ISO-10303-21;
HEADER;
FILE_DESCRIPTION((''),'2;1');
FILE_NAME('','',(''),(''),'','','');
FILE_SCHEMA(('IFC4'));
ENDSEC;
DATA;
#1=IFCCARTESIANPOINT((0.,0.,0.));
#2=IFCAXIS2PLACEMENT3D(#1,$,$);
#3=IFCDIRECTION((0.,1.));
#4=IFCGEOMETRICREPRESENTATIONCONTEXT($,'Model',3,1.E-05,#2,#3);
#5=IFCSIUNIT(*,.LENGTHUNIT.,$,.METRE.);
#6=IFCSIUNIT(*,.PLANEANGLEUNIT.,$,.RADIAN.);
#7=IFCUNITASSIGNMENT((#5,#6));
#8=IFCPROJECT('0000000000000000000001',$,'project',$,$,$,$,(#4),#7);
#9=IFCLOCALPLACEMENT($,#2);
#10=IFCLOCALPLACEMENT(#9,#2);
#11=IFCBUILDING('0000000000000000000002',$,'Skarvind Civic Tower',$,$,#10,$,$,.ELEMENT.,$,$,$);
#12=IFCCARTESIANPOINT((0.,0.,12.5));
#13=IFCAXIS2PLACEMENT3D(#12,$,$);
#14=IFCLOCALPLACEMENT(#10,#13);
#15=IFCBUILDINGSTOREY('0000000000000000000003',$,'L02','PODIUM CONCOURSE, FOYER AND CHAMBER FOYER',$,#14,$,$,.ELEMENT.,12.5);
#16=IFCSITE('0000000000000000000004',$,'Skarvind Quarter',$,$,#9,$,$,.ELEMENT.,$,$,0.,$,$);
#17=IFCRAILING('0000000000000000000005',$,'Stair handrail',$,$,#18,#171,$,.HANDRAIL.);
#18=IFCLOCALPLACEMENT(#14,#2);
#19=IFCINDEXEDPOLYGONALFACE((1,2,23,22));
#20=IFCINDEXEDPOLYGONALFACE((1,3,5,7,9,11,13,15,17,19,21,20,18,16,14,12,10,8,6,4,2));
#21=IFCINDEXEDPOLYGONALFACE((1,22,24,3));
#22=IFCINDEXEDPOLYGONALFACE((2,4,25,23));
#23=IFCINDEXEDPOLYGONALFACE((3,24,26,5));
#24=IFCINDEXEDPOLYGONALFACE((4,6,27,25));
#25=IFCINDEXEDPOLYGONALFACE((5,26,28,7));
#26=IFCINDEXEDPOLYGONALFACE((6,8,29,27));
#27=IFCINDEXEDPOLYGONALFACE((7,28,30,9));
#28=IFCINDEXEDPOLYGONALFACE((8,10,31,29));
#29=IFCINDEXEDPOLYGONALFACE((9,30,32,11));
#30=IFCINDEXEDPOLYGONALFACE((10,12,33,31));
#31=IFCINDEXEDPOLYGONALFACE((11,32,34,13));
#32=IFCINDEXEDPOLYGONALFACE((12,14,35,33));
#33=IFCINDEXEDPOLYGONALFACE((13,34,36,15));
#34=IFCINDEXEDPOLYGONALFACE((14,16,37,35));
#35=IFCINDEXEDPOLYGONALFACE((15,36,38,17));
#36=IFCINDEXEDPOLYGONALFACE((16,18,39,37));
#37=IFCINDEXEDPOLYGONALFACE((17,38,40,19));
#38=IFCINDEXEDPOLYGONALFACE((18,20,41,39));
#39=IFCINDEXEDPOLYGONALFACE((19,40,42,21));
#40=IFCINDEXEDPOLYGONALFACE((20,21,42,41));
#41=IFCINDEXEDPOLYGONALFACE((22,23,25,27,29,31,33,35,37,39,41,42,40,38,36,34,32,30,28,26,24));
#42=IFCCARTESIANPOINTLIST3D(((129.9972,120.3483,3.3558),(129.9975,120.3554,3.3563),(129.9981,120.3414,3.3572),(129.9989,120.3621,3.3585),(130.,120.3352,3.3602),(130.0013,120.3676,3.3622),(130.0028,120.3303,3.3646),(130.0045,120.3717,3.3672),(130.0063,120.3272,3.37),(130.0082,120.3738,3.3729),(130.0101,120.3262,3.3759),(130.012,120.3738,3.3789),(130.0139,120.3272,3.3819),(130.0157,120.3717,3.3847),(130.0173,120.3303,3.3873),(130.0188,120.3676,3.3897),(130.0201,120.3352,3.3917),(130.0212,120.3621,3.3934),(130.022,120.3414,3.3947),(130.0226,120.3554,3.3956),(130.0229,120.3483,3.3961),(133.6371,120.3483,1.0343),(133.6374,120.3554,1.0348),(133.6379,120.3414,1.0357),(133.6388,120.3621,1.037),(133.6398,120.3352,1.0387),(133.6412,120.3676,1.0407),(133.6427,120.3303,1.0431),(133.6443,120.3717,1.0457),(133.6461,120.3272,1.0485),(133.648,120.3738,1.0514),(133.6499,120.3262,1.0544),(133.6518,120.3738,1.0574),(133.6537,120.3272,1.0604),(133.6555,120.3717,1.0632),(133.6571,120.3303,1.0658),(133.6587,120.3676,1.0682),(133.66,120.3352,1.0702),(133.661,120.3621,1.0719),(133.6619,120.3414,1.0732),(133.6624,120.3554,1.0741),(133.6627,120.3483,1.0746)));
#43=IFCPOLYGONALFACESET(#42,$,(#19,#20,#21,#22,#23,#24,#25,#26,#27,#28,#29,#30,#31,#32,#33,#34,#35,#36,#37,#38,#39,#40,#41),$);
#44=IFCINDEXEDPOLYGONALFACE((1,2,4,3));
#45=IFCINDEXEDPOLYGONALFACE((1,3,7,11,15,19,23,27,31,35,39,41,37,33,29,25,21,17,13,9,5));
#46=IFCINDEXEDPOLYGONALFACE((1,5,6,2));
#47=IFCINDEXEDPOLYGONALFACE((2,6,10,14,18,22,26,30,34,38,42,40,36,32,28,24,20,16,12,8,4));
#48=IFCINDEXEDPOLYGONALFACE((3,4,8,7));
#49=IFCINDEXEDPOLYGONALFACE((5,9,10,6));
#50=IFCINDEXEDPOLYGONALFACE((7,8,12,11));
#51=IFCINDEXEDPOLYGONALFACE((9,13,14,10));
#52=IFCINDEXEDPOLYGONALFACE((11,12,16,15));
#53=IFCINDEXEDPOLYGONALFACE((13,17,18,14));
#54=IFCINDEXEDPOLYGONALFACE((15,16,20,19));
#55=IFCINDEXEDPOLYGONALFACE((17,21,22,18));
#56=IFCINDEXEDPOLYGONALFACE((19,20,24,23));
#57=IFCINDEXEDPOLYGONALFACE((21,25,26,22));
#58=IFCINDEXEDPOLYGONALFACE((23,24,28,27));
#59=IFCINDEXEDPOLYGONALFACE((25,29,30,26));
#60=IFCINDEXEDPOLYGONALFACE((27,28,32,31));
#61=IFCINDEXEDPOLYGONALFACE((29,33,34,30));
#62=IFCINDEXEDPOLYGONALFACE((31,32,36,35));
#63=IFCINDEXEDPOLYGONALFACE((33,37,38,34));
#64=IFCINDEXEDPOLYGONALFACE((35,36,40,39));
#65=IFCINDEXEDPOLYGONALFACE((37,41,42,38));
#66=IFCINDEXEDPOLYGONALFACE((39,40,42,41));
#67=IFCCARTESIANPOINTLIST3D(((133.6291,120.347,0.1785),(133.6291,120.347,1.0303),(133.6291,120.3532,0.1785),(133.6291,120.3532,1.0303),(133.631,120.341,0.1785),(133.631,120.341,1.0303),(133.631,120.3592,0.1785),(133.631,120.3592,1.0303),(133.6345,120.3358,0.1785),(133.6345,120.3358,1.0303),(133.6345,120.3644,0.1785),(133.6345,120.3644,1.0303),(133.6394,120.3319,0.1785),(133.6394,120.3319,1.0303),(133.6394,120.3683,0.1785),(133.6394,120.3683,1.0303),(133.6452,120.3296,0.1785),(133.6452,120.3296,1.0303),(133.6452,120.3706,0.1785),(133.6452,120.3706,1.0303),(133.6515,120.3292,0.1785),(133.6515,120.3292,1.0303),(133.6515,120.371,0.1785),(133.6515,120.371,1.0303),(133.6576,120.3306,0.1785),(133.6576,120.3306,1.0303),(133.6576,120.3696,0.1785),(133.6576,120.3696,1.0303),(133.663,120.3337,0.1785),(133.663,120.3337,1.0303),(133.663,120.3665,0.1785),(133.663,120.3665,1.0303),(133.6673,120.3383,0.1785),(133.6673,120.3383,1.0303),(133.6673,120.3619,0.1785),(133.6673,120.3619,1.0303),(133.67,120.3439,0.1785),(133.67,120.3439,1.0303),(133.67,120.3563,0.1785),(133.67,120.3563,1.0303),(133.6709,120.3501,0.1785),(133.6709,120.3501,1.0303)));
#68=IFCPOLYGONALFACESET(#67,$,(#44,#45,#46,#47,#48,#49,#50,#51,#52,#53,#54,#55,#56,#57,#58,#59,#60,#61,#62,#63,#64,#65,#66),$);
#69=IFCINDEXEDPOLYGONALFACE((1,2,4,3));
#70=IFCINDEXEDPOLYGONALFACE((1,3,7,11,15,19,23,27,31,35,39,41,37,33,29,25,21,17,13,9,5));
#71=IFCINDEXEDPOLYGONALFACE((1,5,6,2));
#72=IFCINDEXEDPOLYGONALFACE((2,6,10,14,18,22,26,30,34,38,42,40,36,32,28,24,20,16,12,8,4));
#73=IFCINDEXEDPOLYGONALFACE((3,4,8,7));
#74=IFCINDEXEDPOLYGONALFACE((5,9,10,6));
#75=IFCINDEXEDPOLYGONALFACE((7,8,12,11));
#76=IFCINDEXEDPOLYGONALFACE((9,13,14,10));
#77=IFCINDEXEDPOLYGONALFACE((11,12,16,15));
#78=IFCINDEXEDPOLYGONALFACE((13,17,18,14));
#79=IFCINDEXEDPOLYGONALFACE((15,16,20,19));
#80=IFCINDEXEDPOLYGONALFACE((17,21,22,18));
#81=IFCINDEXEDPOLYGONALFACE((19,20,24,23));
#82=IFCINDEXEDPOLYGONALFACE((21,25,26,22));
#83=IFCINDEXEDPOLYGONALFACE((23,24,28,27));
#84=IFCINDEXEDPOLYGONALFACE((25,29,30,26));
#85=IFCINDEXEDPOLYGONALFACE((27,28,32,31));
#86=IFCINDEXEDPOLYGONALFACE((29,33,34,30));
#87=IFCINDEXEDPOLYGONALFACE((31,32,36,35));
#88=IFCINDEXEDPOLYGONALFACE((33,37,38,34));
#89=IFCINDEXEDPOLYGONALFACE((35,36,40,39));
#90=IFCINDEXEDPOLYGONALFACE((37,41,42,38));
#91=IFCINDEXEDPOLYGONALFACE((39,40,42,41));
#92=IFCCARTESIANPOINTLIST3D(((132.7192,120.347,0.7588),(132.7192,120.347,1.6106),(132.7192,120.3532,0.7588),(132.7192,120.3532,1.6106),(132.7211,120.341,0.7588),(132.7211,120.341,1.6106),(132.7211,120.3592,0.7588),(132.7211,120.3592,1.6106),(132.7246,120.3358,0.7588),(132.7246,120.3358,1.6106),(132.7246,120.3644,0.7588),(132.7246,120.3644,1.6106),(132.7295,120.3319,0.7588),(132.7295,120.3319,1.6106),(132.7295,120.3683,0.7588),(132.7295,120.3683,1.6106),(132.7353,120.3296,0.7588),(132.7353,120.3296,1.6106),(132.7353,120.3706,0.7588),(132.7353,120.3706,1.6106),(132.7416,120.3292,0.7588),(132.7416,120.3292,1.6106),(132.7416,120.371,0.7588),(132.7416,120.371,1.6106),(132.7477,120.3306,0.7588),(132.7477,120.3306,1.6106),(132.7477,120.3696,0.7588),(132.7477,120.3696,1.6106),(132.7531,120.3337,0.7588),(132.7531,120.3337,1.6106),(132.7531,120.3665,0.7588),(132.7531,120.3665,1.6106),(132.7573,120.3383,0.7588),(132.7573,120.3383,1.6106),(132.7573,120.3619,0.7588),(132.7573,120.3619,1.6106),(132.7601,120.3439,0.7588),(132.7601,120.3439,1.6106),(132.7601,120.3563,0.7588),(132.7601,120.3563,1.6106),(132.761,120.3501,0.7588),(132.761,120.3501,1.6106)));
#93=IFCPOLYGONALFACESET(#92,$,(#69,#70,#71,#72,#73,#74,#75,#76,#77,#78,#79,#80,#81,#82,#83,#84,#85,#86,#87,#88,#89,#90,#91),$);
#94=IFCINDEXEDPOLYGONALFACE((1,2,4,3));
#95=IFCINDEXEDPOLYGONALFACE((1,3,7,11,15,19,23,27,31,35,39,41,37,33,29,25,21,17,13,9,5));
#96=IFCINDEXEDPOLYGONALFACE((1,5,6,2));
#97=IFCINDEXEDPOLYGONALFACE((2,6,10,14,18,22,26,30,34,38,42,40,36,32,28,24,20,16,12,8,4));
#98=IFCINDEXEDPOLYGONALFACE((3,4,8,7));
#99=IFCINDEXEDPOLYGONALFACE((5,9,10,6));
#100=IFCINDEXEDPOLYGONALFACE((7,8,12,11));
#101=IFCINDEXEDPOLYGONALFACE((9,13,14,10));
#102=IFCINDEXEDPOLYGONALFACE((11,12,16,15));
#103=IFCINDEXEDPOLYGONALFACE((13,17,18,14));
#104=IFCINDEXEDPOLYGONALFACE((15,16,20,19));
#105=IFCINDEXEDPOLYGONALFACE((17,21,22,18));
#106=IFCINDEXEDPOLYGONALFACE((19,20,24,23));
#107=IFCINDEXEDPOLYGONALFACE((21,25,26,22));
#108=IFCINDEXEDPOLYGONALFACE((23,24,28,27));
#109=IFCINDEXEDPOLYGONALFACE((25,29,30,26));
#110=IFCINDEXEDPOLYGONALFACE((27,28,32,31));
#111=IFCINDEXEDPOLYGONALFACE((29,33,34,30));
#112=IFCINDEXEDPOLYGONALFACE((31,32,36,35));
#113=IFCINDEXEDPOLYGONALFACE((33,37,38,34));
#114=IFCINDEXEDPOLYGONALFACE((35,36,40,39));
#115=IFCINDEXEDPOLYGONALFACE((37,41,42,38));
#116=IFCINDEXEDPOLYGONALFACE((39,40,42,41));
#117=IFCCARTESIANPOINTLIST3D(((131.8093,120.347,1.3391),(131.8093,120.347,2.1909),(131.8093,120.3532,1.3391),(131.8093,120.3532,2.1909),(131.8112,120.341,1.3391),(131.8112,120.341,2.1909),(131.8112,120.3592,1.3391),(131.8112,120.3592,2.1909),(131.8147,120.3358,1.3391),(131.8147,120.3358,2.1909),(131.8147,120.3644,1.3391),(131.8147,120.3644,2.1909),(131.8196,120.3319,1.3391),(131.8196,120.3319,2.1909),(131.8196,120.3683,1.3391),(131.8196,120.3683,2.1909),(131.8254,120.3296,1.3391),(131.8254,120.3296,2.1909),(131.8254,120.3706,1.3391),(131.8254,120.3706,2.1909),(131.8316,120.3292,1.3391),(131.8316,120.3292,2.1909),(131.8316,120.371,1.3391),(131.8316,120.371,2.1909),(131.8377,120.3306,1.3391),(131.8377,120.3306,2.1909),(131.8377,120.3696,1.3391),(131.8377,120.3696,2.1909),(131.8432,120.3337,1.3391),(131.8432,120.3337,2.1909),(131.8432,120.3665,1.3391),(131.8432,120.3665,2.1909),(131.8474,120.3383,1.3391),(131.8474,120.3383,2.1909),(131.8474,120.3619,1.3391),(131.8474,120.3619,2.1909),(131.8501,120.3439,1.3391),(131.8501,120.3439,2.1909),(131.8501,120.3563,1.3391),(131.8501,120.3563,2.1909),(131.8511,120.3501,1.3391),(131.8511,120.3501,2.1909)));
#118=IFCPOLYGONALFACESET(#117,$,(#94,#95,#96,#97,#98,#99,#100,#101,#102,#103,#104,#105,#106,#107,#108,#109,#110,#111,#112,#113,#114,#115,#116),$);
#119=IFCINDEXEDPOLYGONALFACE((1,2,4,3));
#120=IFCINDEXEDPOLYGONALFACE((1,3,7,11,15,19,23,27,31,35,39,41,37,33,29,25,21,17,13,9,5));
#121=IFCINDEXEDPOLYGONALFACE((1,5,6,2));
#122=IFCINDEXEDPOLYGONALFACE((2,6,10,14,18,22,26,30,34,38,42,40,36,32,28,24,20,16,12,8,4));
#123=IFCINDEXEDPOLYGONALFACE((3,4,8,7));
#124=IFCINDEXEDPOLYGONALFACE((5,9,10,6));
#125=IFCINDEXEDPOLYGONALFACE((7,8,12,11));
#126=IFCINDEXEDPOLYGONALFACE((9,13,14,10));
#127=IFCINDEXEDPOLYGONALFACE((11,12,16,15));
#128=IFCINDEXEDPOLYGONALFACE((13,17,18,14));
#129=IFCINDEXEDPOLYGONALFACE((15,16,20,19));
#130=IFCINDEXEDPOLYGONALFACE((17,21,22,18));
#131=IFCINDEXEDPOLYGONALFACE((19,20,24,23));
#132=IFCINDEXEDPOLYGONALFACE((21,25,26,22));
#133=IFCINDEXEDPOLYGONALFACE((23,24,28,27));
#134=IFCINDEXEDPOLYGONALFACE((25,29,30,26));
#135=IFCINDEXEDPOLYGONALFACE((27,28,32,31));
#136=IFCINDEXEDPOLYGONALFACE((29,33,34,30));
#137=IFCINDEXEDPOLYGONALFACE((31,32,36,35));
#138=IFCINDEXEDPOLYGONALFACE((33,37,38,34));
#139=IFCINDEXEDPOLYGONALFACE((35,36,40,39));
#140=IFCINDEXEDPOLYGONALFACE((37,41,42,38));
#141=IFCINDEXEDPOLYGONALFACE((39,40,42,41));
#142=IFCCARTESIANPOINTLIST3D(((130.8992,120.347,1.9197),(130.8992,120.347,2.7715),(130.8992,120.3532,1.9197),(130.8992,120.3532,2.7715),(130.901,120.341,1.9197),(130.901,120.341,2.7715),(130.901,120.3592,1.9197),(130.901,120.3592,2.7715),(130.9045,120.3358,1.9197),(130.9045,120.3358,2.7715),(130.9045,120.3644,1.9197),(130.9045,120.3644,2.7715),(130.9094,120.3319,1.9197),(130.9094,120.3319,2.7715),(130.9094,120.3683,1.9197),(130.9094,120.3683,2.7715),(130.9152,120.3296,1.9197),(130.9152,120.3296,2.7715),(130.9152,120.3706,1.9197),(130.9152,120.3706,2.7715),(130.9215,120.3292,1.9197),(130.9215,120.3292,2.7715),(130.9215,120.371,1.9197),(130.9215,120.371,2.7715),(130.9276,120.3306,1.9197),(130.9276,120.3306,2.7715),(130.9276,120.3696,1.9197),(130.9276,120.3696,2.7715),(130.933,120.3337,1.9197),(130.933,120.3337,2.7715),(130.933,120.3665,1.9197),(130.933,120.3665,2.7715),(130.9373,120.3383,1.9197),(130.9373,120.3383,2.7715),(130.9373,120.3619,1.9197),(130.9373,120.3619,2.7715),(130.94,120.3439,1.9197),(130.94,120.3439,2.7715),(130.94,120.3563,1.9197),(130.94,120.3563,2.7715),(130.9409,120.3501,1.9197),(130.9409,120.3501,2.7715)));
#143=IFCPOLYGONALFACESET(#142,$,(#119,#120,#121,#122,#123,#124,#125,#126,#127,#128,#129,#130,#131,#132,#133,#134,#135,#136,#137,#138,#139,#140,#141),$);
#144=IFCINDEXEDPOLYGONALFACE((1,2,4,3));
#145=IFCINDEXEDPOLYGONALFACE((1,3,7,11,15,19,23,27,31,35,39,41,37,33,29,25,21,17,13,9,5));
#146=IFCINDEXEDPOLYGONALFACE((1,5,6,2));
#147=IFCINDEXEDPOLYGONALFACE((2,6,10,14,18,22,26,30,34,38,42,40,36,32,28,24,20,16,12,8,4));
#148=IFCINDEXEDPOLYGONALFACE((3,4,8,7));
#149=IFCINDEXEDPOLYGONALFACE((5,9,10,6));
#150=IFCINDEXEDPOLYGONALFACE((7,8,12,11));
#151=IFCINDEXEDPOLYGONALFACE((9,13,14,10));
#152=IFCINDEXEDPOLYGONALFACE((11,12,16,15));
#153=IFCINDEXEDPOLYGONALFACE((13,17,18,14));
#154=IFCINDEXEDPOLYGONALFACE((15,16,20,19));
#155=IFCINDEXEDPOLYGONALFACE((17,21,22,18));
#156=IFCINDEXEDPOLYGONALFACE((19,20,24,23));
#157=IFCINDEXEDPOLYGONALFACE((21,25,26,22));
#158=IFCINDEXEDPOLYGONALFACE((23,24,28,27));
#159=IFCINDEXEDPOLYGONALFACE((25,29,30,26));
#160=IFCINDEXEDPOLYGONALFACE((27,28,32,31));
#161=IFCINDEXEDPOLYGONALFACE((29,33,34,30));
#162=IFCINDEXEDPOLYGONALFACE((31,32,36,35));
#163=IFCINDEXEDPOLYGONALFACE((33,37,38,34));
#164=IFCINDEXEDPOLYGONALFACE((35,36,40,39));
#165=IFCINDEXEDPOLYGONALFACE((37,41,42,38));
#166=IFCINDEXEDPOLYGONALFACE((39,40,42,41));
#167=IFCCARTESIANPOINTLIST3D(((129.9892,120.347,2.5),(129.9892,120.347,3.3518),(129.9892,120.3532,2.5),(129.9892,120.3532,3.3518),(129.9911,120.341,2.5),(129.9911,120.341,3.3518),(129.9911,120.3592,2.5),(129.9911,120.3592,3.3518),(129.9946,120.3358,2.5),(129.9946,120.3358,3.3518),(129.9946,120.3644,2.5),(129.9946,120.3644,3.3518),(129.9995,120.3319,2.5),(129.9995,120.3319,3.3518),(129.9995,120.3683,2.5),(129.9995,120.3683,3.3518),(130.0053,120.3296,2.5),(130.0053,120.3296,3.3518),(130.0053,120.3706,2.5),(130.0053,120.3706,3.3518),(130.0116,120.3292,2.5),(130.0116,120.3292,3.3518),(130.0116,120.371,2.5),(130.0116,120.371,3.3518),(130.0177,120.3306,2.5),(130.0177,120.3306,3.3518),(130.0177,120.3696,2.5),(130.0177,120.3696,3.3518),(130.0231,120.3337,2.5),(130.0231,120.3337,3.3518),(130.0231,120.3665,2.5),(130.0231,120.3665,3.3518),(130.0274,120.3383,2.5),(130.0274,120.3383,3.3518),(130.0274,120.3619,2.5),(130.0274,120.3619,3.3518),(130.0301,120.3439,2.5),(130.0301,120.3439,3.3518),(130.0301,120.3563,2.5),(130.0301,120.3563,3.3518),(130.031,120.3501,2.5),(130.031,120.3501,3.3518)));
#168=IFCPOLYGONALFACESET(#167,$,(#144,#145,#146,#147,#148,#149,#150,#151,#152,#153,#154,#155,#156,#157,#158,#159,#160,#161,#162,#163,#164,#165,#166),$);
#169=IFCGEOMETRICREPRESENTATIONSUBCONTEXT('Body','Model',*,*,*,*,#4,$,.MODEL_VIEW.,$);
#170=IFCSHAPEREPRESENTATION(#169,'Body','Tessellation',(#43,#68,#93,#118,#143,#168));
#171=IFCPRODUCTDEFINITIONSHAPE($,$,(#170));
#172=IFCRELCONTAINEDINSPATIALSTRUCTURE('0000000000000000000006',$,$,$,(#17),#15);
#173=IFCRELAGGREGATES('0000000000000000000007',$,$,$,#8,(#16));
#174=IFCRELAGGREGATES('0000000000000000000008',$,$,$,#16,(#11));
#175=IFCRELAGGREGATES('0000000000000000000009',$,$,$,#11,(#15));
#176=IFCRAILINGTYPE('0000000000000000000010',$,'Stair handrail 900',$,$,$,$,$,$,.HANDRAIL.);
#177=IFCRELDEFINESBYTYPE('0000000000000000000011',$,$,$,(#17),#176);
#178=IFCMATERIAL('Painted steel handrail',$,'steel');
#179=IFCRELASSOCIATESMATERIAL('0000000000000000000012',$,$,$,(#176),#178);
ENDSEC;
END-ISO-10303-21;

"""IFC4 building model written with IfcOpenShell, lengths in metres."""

from ifc_helpers import new_model, si_unit, direction, frame, origin, origin_2d, place, context, subcontext, project, spatial, circle, extrude, material, type_object, element, save


model = new_model("IFC4")

# Units and contexts
model_context = context("Model", 3, precision=1e-05, world=origin(), true_north=direction((0.0, 1.0)))
body_context = subcontext(model_context, "Body", "Model", "MODEL_VIEW")
ifc_project = project(units=[si_unit("LENGTHUNIT", "METRE"), si_unit("PLANEANGLEUNIT", "RADIAN")], contexts=[model_context])

# Site, building, storey
site_placement = place(None, origin())
site = spatial("IfcSite", under=ifc_project, at=site_placement, Name="Skarvind Quarter", CompositionType="ELEMENT", RefElevation=0.0)
building_placement = place(site_placement, origin())
building = spatial("IfcBuilding", under=site, at=building_placement, Name="Skarvind Civic Tower", CompositionType="ELEMENT")
storey_placement = place(building_placement, frame((0.0, 0.0, 12.5)))
storey = spatial("IfcBuildingStorey", under=building, at=storey_placement, Name="L02", Description="PODIUM CONCOURSE, FOYER AND CHAMBER FOYER", CompositionType="ELEMENT", Elevation=12.5)

# Railing
ifc_material_1 = material(Name="Painted steel handrail", Category="steel")
railing_type = type_object("IfcRailingType", Name="Stair handrail 900", PredefinedType="HANDRAIL", material=ifc_material_1)
railing_placement = place(storey_placement, frame((133.6499, 120.3501, 0.1785)))
element("IfcRailing", 1, at=railing_placement, inside=storey, type_object=railing_type, Name="Stair handrail", PredefinedType="HANDRAIL", context=body_context, shape_type="SweptSolid", body=[
    extrude(circle(Radius=0.0239, at=origin_2d()), frame((0.0, 0.0, 0.876), z_axis=(-0.843112, 0.0, 0.537739), x_axis=(0.0, -1.0, 0.0)), (0.0, 0.0, 1.0), 4.3171),
    extrude(circle(Radius=0.021, at=origin_2d()), origin(), (0.0, 0.0, 1.0), 0.8518),
    extrude(circle(Radius=0.021, at=origin_2d()), frame((-0.9099, 0.0, 0.5803)), (0.0, 0.0, 1.0), 0.8518),
    extrude(circle(Radius=0.021, at=origin_2d()), frame((-1.8198, 0.0, 1.1606)), (0.0, 0.0, 1.0), 0.8518),
    extrude(circle(Radius=0.021, at=origin_2d()), frame((-2.73, 0.0, 1.7412)), (0.0, 0.0, 1.0), 0.8518),
    extrude(circle(Radius=0.021, at=origin_2d()), frame((-3.6399, 0.0, 2.3215)), (0.0, 0.0, 1.0), 0.8518),
])

save(model, "model.ifc")
